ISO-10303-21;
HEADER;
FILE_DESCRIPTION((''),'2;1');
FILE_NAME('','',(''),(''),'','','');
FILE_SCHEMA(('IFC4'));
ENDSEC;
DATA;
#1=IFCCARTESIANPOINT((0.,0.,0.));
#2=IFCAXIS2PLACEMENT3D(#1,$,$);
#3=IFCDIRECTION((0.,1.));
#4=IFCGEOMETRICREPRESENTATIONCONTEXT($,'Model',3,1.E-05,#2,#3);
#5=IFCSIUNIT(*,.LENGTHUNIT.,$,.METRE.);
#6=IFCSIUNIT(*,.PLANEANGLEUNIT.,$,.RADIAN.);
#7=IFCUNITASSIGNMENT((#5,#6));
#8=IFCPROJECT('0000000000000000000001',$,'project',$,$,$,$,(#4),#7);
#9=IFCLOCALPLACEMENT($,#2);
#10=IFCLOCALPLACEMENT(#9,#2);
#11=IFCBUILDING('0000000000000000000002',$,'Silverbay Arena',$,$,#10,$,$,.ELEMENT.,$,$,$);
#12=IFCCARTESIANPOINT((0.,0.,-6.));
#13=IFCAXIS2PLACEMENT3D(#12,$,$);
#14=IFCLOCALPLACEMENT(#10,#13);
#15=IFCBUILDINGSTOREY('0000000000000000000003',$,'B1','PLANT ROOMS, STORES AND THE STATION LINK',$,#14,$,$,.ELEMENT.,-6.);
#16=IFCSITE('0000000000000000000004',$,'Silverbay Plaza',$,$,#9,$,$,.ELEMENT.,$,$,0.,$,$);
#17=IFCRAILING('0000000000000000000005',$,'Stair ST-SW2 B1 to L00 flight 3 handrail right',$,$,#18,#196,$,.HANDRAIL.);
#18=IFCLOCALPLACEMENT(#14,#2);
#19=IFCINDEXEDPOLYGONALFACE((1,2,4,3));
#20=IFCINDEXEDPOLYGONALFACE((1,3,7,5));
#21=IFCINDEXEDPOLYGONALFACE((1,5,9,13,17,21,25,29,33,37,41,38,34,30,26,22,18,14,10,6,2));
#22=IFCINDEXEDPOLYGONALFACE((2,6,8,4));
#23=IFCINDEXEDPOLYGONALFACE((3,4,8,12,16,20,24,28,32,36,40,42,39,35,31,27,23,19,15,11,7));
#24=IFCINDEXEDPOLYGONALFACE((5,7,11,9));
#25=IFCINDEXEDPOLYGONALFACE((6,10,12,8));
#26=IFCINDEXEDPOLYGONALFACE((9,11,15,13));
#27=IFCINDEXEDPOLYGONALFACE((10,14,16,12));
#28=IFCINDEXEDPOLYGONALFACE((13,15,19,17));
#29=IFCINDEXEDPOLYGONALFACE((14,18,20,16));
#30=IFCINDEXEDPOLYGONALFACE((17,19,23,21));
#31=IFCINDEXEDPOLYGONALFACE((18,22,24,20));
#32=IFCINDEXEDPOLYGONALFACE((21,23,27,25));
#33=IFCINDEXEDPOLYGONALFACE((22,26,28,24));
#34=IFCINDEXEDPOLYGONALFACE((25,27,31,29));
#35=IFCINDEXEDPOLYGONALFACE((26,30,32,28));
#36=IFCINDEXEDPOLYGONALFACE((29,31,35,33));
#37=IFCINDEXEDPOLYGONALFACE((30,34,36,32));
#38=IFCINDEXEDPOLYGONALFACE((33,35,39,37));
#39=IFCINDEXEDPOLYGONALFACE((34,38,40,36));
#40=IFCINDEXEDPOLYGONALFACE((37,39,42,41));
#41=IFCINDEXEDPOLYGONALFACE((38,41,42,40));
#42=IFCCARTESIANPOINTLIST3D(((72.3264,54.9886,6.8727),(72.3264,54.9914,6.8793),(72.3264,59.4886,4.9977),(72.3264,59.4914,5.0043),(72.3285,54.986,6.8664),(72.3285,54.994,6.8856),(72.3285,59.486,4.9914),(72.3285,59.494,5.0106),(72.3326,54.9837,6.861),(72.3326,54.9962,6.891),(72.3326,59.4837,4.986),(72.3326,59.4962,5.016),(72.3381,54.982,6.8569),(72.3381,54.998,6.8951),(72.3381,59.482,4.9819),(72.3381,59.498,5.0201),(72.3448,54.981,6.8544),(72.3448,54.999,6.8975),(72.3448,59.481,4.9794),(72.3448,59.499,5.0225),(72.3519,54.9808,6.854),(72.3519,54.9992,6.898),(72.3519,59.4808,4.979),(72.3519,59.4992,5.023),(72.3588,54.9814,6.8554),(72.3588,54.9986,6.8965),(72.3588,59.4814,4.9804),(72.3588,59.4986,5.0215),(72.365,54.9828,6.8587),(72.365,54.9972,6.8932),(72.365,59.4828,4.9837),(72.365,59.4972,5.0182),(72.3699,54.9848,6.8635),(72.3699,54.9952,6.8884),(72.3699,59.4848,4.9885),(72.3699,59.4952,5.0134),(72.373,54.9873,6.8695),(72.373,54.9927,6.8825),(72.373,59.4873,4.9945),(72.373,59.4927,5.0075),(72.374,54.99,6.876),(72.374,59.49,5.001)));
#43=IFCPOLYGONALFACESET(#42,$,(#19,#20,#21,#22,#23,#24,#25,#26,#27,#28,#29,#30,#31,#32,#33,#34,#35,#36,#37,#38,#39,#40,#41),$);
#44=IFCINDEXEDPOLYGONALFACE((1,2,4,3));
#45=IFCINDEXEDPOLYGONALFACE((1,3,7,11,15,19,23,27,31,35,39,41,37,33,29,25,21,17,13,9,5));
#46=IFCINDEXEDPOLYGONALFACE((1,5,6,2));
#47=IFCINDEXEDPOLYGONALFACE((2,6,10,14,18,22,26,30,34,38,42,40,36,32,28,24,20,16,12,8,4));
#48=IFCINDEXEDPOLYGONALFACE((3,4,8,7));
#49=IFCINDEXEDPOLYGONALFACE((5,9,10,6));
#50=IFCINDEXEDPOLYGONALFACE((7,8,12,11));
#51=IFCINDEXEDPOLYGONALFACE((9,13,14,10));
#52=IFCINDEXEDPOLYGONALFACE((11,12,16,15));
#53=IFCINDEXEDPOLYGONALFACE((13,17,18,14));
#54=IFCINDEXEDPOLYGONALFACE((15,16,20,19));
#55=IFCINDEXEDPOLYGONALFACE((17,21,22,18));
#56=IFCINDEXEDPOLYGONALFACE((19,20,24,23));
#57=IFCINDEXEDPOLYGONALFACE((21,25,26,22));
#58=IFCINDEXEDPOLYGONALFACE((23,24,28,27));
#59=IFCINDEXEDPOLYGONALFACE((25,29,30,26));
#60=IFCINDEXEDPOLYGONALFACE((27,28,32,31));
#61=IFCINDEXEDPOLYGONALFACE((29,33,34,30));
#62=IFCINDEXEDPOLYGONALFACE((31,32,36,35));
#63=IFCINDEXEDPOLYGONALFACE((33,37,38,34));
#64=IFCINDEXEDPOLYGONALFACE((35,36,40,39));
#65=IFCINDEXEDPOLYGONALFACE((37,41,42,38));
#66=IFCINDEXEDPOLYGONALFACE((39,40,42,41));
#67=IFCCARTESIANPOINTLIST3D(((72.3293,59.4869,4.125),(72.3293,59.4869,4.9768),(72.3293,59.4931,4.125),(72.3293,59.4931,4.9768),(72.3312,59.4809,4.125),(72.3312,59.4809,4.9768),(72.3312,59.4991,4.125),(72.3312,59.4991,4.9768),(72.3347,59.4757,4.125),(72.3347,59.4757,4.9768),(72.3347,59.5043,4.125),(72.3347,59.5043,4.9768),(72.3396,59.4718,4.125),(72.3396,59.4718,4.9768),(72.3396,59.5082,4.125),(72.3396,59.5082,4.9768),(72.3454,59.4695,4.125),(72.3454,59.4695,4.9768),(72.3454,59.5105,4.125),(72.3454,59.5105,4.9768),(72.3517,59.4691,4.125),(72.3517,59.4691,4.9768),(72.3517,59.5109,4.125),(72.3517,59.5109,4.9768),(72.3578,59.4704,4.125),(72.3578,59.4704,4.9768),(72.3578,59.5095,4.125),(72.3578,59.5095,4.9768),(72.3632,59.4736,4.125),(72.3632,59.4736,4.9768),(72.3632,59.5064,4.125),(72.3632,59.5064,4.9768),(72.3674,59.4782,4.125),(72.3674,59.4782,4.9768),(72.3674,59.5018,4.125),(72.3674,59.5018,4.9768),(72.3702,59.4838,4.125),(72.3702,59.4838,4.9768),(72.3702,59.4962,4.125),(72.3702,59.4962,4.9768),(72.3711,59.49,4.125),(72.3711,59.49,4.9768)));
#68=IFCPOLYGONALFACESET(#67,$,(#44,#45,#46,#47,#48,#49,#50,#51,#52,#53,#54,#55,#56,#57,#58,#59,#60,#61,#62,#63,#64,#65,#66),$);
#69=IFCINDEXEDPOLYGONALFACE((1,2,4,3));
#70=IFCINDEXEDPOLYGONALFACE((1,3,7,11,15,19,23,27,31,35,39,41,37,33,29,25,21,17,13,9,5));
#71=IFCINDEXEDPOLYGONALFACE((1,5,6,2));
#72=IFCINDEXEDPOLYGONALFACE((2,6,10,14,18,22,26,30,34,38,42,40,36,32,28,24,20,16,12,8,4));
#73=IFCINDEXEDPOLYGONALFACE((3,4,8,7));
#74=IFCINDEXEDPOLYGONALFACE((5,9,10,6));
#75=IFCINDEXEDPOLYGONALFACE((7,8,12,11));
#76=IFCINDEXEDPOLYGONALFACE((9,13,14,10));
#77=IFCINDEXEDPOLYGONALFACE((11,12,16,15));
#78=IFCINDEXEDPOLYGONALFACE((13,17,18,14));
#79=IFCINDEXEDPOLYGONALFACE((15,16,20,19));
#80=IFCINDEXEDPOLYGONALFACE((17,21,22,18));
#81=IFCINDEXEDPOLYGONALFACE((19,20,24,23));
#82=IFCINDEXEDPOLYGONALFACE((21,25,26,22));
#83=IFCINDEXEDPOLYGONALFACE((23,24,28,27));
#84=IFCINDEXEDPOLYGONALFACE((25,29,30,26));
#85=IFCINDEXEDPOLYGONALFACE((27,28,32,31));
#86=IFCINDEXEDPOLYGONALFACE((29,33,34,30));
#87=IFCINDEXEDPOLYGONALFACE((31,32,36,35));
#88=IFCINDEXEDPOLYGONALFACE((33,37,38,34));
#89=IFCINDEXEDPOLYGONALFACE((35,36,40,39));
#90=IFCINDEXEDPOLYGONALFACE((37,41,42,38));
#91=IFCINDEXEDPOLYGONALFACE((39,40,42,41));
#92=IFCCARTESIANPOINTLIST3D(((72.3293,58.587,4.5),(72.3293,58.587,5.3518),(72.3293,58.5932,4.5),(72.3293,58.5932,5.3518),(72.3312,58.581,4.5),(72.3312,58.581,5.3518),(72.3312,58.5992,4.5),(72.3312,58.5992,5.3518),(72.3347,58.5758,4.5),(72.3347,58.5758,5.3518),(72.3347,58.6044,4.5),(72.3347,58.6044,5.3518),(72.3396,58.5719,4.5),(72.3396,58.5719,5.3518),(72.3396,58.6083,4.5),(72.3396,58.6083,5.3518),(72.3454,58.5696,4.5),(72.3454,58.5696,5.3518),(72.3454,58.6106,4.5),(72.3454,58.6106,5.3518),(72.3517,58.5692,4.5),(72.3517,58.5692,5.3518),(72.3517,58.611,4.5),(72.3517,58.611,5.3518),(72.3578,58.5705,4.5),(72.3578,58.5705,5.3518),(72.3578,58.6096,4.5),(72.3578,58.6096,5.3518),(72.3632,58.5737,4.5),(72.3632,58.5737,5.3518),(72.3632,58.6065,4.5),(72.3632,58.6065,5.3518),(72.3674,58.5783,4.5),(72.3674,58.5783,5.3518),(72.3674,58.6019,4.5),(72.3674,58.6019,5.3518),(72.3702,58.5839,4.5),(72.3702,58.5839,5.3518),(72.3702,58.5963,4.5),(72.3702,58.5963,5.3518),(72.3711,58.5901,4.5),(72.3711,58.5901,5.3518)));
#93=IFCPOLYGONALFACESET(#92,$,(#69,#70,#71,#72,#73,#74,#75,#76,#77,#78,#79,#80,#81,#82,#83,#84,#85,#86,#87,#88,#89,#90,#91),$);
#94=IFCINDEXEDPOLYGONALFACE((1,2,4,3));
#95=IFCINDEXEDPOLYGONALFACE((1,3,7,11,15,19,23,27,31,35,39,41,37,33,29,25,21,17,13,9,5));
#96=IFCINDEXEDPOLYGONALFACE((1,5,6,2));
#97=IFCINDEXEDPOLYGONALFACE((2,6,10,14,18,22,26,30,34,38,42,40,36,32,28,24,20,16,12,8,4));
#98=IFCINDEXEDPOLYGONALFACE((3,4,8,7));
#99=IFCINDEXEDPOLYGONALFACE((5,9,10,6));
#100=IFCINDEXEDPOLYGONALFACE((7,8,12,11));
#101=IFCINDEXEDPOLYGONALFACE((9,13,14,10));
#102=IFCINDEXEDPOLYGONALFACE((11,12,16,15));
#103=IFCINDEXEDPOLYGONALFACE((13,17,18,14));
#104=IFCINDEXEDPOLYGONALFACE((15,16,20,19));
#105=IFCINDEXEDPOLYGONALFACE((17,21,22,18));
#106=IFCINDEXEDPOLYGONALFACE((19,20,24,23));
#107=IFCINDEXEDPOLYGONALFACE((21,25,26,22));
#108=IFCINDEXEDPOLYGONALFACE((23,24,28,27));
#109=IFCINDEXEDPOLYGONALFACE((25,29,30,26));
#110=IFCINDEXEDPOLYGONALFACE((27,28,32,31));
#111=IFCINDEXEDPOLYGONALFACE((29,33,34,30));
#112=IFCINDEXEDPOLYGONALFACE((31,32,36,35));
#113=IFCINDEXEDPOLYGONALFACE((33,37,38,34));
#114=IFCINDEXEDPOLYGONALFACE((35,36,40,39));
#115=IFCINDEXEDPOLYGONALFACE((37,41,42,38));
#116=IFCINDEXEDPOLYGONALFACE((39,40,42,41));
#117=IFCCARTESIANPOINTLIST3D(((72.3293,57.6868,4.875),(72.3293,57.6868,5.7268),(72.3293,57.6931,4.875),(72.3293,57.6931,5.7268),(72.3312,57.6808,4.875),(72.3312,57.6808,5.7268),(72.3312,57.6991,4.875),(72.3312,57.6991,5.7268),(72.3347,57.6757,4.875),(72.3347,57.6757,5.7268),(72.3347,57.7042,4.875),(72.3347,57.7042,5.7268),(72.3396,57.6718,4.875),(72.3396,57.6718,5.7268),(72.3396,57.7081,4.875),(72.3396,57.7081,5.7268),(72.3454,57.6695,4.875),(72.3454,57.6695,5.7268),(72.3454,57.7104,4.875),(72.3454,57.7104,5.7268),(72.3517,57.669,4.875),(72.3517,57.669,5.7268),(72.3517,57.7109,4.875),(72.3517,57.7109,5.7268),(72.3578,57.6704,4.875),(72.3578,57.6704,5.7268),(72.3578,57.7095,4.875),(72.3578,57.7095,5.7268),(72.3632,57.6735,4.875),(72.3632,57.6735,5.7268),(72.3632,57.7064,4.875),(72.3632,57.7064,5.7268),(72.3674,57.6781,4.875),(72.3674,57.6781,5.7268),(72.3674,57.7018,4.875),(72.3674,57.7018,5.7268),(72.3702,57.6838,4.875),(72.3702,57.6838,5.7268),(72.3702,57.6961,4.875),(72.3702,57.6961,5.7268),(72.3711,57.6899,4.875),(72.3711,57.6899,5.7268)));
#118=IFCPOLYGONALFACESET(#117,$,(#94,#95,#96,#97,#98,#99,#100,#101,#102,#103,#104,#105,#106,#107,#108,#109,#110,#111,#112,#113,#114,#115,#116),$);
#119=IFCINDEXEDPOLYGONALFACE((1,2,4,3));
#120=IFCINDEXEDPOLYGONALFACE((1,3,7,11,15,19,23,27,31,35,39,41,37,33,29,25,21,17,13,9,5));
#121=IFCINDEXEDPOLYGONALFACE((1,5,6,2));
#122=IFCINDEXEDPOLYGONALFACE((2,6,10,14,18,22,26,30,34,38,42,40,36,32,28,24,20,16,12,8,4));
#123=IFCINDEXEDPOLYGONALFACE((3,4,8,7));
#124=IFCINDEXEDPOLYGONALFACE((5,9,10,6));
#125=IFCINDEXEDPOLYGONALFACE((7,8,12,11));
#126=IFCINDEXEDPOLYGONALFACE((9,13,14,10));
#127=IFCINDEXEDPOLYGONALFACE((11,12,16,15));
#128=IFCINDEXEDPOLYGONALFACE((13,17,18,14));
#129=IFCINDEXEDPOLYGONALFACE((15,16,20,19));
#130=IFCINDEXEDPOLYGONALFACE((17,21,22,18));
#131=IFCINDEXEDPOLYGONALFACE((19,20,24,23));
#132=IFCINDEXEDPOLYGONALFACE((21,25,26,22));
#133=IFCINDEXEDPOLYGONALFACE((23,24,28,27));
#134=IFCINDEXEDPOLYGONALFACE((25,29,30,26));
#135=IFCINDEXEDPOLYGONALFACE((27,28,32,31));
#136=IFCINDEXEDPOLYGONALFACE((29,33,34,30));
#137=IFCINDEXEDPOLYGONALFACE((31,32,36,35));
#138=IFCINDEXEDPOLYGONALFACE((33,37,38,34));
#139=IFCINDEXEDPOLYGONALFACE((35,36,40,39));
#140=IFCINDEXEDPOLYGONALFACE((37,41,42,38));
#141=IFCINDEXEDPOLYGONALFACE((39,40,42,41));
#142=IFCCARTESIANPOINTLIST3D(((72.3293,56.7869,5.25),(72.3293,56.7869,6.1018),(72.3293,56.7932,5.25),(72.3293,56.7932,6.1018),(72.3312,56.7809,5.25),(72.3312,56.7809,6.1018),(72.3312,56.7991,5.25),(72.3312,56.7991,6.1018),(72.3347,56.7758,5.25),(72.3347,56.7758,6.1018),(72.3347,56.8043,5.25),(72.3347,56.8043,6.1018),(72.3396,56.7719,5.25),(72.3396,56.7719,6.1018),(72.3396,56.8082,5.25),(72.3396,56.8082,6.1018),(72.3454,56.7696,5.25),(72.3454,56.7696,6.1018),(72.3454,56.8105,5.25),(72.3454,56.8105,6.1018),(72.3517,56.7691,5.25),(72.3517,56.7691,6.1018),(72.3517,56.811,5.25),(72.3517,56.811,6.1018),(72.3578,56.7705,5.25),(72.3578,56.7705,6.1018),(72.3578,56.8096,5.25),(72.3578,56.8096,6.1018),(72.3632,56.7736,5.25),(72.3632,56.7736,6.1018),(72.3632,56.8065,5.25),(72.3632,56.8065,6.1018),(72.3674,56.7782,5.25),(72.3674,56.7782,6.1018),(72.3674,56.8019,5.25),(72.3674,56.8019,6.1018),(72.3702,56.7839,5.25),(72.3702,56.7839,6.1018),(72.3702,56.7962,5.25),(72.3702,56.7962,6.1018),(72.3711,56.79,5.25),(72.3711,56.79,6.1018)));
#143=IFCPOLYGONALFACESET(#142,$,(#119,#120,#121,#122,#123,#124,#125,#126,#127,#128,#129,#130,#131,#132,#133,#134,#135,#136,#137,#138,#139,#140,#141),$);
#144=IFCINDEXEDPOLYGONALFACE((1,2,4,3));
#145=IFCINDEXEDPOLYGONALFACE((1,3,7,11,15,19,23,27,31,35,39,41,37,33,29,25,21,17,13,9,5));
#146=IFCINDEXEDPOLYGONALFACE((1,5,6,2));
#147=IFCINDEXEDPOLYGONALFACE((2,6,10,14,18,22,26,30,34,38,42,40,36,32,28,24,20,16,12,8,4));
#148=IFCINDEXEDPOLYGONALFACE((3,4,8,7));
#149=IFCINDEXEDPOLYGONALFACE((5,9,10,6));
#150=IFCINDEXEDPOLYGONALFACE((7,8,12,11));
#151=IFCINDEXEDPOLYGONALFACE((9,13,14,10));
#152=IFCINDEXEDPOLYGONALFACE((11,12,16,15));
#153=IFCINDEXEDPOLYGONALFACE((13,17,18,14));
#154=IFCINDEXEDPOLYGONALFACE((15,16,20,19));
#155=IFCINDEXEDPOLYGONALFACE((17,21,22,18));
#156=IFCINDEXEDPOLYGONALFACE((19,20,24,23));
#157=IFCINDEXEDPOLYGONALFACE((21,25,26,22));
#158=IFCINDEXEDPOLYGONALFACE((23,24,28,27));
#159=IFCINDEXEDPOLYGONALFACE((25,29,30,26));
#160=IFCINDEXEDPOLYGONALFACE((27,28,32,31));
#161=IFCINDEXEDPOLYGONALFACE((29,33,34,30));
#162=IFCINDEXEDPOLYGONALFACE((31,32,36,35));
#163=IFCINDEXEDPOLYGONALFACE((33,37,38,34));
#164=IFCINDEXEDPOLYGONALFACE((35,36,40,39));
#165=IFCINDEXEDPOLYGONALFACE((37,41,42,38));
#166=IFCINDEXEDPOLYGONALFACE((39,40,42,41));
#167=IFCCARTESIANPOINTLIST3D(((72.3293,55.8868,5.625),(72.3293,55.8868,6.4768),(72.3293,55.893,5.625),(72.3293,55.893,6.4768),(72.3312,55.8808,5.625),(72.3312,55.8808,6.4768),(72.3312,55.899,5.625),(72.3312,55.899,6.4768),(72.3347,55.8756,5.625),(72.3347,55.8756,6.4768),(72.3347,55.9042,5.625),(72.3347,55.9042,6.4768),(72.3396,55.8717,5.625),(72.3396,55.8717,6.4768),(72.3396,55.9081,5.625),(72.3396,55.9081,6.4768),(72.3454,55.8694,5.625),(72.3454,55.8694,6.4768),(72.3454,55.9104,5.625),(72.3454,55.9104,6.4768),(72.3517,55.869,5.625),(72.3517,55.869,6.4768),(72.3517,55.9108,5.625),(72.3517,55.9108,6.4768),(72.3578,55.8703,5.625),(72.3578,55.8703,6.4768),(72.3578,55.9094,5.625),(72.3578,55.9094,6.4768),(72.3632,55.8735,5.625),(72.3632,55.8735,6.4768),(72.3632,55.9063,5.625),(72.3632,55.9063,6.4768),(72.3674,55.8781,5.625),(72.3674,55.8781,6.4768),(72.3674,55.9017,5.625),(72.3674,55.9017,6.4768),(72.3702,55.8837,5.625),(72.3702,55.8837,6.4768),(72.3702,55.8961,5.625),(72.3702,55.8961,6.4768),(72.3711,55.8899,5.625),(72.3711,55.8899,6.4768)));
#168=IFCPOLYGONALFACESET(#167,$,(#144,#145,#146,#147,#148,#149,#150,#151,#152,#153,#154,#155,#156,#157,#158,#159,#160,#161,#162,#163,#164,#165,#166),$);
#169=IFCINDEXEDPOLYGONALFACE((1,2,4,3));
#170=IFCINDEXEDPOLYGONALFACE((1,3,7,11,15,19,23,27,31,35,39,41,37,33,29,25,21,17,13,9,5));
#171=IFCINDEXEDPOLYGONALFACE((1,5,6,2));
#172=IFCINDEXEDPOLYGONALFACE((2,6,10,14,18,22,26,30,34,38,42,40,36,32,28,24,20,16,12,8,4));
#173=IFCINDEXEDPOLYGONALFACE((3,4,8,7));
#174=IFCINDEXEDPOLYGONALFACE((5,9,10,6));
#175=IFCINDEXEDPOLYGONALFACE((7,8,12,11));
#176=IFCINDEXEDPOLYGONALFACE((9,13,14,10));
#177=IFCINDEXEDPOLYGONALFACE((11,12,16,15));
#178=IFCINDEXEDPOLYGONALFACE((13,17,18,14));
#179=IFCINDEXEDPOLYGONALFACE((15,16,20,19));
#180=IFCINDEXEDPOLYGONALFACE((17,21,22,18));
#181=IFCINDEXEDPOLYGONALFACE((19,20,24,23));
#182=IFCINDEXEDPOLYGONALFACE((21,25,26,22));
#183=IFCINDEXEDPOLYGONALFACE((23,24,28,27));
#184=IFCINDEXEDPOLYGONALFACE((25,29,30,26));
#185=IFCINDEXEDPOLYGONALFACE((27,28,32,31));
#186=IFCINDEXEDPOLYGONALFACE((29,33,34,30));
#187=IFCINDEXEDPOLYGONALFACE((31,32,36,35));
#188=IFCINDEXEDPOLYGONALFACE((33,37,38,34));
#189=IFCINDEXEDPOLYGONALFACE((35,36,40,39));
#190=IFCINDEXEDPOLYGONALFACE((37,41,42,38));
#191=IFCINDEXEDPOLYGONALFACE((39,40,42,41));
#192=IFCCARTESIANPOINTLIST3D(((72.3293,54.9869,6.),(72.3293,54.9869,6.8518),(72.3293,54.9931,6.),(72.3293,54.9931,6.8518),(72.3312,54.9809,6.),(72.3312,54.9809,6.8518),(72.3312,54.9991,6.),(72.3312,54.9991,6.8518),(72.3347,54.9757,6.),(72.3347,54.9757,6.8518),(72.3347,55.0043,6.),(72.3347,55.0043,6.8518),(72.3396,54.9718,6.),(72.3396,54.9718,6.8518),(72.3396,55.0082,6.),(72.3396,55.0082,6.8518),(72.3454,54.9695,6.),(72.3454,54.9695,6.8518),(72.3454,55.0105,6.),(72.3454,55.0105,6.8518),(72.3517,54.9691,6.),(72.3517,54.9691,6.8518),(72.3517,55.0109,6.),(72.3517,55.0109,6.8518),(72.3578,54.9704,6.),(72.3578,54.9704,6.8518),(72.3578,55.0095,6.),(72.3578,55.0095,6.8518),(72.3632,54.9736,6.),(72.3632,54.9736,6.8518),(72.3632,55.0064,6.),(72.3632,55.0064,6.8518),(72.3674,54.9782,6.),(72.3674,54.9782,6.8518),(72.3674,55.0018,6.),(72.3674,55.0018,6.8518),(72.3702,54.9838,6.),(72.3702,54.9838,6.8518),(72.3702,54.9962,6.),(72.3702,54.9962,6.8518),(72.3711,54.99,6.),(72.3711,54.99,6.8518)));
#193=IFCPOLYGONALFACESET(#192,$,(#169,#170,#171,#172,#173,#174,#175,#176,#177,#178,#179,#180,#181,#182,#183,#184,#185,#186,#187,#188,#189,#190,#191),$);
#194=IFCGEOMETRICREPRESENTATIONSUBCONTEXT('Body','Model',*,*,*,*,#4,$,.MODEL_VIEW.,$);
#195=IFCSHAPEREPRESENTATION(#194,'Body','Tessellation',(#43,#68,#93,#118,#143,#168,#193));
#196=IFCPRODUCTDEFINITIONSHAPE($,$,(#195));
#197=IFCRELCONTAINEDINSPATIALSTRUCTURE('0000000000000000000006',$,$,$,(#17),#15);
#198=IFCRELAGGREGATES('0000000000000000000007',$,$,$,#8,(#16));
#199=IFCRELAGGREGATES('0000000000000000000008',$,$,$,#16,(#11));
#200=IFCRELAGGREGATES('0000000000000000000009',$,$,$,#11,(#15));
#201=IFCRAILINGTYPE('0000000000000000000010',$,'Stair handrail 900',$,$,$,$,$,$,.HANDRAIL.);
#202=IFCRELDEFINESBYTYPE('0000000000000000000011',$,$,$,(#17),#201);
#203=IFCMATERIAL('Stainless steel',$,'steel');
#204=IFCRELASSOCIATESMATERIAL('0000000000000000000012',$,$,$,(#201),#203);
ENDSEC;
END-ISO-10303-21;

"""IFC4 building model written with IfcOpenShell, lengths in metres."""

from ifc_helpers import new_model, si_unit, direction, frame, origin, origin_2d, place, context, subcontext, project, spatial, circle, extrude, material, type_object, element, save


model = new_model("IFC4")

# Units and contexts
model_context = context("Model", 3, precision=1e-05, world=origin(), true_north=direction((0.0, 1.0)))
body_context = subcontext(model_context, "Body", "Model", "MODEL_VIEW")
ifc_project = project(units=[si_unit("LENGTHUNIT", "METRE"), si_unit("PLANEANGLEUNIT", "RADIAN")], contexts=[model_context])

# Site, building, storey
site_placement = place(None, origin())
site = spatial("IfcSite", under=ifc_project, at=site_placement, Name="Silverbay Plaza", CompositionType="ELEMENT", RefElevation=0.0)
building_placement = place(site_placement, origin())
building = spatial("IfcBuilding", under=site, at=building_placement, Name="Silverbay Arena", CompositionType="ELEMENT")
storey_placement = place(building_placement, frame((0.0, 0.0, -6.0)))
storey = spatial("IfcBuildingStorey", under=building, at=storey_placement, Name="B1", Description="PLANT ROOMS, STORES AND THE STATION LINK", CompositionType="ELEMENT", Elevation=-6.0)

# Railing
ifc_material_1 = material(Name="Stainless steel", Category="steel")
railing_type_1 = type_object("IfcRailingType", Name="Stair handrail 900", PredefinedType="HANDRAIL", material=ifc_material_1)
for number, where, name in (
    (1, (72.3501, 59.49, 4.125), "Stair ST-SW2 B1 to L00 flight 3 handrail right"),
):
    element("IfcRailing", number, at=place(storey_placement, frame(where)), inside=storey, type_object=railing_type_1, Name=name, PredefinedType="HANDRAIL", context=body_context, shape_type="SweptSolid", body=[
        extrude(circle(Radius=0.0239, at=origin_2d()), frame((0.0, 0.0, 0.876), z_axis=(0.0, -0.923077, 0.384615), x_axis=(1.0, 0.0, 0.0)), (0.0, 0.0, 1.0), 4.875),
        extrude(circle(Radius=0.021, at=origin_2d()), origin(), (0.0, 0.0, 1.0), 0.8518),
        extrude(circle(Radius=0.021, at=origin_2d()), frame((0.0, -0.8999, 0.375)), (0.0, 0.0, 1.0), 0.8518),
        extrude(circle(Radius=0.021, at=origin_2d()), frame((0.0, -1.8, 0.75)), (0.0, 0.0, 1.0), 0.8518),
        extrude(circle(Radius=0.021, at=origin_2d()), frame((0.0, -2.7, 1.125)), (0.0, 0.0, 1.0), 0.8518),
        extrude(circle(Radius=0.021, at=origin_2d()), frame((0.0, -3.6001, 1.5)), (0.0, 0.0, 1.0), 0.8518),
        extrude(circle(Radius=0.021, at=origin_2d()), frame((0.0, -4.5, 1.875)), (0.0, 0.0, 1.0), 0.8518),
    ])

save(model, "model.ifc")
